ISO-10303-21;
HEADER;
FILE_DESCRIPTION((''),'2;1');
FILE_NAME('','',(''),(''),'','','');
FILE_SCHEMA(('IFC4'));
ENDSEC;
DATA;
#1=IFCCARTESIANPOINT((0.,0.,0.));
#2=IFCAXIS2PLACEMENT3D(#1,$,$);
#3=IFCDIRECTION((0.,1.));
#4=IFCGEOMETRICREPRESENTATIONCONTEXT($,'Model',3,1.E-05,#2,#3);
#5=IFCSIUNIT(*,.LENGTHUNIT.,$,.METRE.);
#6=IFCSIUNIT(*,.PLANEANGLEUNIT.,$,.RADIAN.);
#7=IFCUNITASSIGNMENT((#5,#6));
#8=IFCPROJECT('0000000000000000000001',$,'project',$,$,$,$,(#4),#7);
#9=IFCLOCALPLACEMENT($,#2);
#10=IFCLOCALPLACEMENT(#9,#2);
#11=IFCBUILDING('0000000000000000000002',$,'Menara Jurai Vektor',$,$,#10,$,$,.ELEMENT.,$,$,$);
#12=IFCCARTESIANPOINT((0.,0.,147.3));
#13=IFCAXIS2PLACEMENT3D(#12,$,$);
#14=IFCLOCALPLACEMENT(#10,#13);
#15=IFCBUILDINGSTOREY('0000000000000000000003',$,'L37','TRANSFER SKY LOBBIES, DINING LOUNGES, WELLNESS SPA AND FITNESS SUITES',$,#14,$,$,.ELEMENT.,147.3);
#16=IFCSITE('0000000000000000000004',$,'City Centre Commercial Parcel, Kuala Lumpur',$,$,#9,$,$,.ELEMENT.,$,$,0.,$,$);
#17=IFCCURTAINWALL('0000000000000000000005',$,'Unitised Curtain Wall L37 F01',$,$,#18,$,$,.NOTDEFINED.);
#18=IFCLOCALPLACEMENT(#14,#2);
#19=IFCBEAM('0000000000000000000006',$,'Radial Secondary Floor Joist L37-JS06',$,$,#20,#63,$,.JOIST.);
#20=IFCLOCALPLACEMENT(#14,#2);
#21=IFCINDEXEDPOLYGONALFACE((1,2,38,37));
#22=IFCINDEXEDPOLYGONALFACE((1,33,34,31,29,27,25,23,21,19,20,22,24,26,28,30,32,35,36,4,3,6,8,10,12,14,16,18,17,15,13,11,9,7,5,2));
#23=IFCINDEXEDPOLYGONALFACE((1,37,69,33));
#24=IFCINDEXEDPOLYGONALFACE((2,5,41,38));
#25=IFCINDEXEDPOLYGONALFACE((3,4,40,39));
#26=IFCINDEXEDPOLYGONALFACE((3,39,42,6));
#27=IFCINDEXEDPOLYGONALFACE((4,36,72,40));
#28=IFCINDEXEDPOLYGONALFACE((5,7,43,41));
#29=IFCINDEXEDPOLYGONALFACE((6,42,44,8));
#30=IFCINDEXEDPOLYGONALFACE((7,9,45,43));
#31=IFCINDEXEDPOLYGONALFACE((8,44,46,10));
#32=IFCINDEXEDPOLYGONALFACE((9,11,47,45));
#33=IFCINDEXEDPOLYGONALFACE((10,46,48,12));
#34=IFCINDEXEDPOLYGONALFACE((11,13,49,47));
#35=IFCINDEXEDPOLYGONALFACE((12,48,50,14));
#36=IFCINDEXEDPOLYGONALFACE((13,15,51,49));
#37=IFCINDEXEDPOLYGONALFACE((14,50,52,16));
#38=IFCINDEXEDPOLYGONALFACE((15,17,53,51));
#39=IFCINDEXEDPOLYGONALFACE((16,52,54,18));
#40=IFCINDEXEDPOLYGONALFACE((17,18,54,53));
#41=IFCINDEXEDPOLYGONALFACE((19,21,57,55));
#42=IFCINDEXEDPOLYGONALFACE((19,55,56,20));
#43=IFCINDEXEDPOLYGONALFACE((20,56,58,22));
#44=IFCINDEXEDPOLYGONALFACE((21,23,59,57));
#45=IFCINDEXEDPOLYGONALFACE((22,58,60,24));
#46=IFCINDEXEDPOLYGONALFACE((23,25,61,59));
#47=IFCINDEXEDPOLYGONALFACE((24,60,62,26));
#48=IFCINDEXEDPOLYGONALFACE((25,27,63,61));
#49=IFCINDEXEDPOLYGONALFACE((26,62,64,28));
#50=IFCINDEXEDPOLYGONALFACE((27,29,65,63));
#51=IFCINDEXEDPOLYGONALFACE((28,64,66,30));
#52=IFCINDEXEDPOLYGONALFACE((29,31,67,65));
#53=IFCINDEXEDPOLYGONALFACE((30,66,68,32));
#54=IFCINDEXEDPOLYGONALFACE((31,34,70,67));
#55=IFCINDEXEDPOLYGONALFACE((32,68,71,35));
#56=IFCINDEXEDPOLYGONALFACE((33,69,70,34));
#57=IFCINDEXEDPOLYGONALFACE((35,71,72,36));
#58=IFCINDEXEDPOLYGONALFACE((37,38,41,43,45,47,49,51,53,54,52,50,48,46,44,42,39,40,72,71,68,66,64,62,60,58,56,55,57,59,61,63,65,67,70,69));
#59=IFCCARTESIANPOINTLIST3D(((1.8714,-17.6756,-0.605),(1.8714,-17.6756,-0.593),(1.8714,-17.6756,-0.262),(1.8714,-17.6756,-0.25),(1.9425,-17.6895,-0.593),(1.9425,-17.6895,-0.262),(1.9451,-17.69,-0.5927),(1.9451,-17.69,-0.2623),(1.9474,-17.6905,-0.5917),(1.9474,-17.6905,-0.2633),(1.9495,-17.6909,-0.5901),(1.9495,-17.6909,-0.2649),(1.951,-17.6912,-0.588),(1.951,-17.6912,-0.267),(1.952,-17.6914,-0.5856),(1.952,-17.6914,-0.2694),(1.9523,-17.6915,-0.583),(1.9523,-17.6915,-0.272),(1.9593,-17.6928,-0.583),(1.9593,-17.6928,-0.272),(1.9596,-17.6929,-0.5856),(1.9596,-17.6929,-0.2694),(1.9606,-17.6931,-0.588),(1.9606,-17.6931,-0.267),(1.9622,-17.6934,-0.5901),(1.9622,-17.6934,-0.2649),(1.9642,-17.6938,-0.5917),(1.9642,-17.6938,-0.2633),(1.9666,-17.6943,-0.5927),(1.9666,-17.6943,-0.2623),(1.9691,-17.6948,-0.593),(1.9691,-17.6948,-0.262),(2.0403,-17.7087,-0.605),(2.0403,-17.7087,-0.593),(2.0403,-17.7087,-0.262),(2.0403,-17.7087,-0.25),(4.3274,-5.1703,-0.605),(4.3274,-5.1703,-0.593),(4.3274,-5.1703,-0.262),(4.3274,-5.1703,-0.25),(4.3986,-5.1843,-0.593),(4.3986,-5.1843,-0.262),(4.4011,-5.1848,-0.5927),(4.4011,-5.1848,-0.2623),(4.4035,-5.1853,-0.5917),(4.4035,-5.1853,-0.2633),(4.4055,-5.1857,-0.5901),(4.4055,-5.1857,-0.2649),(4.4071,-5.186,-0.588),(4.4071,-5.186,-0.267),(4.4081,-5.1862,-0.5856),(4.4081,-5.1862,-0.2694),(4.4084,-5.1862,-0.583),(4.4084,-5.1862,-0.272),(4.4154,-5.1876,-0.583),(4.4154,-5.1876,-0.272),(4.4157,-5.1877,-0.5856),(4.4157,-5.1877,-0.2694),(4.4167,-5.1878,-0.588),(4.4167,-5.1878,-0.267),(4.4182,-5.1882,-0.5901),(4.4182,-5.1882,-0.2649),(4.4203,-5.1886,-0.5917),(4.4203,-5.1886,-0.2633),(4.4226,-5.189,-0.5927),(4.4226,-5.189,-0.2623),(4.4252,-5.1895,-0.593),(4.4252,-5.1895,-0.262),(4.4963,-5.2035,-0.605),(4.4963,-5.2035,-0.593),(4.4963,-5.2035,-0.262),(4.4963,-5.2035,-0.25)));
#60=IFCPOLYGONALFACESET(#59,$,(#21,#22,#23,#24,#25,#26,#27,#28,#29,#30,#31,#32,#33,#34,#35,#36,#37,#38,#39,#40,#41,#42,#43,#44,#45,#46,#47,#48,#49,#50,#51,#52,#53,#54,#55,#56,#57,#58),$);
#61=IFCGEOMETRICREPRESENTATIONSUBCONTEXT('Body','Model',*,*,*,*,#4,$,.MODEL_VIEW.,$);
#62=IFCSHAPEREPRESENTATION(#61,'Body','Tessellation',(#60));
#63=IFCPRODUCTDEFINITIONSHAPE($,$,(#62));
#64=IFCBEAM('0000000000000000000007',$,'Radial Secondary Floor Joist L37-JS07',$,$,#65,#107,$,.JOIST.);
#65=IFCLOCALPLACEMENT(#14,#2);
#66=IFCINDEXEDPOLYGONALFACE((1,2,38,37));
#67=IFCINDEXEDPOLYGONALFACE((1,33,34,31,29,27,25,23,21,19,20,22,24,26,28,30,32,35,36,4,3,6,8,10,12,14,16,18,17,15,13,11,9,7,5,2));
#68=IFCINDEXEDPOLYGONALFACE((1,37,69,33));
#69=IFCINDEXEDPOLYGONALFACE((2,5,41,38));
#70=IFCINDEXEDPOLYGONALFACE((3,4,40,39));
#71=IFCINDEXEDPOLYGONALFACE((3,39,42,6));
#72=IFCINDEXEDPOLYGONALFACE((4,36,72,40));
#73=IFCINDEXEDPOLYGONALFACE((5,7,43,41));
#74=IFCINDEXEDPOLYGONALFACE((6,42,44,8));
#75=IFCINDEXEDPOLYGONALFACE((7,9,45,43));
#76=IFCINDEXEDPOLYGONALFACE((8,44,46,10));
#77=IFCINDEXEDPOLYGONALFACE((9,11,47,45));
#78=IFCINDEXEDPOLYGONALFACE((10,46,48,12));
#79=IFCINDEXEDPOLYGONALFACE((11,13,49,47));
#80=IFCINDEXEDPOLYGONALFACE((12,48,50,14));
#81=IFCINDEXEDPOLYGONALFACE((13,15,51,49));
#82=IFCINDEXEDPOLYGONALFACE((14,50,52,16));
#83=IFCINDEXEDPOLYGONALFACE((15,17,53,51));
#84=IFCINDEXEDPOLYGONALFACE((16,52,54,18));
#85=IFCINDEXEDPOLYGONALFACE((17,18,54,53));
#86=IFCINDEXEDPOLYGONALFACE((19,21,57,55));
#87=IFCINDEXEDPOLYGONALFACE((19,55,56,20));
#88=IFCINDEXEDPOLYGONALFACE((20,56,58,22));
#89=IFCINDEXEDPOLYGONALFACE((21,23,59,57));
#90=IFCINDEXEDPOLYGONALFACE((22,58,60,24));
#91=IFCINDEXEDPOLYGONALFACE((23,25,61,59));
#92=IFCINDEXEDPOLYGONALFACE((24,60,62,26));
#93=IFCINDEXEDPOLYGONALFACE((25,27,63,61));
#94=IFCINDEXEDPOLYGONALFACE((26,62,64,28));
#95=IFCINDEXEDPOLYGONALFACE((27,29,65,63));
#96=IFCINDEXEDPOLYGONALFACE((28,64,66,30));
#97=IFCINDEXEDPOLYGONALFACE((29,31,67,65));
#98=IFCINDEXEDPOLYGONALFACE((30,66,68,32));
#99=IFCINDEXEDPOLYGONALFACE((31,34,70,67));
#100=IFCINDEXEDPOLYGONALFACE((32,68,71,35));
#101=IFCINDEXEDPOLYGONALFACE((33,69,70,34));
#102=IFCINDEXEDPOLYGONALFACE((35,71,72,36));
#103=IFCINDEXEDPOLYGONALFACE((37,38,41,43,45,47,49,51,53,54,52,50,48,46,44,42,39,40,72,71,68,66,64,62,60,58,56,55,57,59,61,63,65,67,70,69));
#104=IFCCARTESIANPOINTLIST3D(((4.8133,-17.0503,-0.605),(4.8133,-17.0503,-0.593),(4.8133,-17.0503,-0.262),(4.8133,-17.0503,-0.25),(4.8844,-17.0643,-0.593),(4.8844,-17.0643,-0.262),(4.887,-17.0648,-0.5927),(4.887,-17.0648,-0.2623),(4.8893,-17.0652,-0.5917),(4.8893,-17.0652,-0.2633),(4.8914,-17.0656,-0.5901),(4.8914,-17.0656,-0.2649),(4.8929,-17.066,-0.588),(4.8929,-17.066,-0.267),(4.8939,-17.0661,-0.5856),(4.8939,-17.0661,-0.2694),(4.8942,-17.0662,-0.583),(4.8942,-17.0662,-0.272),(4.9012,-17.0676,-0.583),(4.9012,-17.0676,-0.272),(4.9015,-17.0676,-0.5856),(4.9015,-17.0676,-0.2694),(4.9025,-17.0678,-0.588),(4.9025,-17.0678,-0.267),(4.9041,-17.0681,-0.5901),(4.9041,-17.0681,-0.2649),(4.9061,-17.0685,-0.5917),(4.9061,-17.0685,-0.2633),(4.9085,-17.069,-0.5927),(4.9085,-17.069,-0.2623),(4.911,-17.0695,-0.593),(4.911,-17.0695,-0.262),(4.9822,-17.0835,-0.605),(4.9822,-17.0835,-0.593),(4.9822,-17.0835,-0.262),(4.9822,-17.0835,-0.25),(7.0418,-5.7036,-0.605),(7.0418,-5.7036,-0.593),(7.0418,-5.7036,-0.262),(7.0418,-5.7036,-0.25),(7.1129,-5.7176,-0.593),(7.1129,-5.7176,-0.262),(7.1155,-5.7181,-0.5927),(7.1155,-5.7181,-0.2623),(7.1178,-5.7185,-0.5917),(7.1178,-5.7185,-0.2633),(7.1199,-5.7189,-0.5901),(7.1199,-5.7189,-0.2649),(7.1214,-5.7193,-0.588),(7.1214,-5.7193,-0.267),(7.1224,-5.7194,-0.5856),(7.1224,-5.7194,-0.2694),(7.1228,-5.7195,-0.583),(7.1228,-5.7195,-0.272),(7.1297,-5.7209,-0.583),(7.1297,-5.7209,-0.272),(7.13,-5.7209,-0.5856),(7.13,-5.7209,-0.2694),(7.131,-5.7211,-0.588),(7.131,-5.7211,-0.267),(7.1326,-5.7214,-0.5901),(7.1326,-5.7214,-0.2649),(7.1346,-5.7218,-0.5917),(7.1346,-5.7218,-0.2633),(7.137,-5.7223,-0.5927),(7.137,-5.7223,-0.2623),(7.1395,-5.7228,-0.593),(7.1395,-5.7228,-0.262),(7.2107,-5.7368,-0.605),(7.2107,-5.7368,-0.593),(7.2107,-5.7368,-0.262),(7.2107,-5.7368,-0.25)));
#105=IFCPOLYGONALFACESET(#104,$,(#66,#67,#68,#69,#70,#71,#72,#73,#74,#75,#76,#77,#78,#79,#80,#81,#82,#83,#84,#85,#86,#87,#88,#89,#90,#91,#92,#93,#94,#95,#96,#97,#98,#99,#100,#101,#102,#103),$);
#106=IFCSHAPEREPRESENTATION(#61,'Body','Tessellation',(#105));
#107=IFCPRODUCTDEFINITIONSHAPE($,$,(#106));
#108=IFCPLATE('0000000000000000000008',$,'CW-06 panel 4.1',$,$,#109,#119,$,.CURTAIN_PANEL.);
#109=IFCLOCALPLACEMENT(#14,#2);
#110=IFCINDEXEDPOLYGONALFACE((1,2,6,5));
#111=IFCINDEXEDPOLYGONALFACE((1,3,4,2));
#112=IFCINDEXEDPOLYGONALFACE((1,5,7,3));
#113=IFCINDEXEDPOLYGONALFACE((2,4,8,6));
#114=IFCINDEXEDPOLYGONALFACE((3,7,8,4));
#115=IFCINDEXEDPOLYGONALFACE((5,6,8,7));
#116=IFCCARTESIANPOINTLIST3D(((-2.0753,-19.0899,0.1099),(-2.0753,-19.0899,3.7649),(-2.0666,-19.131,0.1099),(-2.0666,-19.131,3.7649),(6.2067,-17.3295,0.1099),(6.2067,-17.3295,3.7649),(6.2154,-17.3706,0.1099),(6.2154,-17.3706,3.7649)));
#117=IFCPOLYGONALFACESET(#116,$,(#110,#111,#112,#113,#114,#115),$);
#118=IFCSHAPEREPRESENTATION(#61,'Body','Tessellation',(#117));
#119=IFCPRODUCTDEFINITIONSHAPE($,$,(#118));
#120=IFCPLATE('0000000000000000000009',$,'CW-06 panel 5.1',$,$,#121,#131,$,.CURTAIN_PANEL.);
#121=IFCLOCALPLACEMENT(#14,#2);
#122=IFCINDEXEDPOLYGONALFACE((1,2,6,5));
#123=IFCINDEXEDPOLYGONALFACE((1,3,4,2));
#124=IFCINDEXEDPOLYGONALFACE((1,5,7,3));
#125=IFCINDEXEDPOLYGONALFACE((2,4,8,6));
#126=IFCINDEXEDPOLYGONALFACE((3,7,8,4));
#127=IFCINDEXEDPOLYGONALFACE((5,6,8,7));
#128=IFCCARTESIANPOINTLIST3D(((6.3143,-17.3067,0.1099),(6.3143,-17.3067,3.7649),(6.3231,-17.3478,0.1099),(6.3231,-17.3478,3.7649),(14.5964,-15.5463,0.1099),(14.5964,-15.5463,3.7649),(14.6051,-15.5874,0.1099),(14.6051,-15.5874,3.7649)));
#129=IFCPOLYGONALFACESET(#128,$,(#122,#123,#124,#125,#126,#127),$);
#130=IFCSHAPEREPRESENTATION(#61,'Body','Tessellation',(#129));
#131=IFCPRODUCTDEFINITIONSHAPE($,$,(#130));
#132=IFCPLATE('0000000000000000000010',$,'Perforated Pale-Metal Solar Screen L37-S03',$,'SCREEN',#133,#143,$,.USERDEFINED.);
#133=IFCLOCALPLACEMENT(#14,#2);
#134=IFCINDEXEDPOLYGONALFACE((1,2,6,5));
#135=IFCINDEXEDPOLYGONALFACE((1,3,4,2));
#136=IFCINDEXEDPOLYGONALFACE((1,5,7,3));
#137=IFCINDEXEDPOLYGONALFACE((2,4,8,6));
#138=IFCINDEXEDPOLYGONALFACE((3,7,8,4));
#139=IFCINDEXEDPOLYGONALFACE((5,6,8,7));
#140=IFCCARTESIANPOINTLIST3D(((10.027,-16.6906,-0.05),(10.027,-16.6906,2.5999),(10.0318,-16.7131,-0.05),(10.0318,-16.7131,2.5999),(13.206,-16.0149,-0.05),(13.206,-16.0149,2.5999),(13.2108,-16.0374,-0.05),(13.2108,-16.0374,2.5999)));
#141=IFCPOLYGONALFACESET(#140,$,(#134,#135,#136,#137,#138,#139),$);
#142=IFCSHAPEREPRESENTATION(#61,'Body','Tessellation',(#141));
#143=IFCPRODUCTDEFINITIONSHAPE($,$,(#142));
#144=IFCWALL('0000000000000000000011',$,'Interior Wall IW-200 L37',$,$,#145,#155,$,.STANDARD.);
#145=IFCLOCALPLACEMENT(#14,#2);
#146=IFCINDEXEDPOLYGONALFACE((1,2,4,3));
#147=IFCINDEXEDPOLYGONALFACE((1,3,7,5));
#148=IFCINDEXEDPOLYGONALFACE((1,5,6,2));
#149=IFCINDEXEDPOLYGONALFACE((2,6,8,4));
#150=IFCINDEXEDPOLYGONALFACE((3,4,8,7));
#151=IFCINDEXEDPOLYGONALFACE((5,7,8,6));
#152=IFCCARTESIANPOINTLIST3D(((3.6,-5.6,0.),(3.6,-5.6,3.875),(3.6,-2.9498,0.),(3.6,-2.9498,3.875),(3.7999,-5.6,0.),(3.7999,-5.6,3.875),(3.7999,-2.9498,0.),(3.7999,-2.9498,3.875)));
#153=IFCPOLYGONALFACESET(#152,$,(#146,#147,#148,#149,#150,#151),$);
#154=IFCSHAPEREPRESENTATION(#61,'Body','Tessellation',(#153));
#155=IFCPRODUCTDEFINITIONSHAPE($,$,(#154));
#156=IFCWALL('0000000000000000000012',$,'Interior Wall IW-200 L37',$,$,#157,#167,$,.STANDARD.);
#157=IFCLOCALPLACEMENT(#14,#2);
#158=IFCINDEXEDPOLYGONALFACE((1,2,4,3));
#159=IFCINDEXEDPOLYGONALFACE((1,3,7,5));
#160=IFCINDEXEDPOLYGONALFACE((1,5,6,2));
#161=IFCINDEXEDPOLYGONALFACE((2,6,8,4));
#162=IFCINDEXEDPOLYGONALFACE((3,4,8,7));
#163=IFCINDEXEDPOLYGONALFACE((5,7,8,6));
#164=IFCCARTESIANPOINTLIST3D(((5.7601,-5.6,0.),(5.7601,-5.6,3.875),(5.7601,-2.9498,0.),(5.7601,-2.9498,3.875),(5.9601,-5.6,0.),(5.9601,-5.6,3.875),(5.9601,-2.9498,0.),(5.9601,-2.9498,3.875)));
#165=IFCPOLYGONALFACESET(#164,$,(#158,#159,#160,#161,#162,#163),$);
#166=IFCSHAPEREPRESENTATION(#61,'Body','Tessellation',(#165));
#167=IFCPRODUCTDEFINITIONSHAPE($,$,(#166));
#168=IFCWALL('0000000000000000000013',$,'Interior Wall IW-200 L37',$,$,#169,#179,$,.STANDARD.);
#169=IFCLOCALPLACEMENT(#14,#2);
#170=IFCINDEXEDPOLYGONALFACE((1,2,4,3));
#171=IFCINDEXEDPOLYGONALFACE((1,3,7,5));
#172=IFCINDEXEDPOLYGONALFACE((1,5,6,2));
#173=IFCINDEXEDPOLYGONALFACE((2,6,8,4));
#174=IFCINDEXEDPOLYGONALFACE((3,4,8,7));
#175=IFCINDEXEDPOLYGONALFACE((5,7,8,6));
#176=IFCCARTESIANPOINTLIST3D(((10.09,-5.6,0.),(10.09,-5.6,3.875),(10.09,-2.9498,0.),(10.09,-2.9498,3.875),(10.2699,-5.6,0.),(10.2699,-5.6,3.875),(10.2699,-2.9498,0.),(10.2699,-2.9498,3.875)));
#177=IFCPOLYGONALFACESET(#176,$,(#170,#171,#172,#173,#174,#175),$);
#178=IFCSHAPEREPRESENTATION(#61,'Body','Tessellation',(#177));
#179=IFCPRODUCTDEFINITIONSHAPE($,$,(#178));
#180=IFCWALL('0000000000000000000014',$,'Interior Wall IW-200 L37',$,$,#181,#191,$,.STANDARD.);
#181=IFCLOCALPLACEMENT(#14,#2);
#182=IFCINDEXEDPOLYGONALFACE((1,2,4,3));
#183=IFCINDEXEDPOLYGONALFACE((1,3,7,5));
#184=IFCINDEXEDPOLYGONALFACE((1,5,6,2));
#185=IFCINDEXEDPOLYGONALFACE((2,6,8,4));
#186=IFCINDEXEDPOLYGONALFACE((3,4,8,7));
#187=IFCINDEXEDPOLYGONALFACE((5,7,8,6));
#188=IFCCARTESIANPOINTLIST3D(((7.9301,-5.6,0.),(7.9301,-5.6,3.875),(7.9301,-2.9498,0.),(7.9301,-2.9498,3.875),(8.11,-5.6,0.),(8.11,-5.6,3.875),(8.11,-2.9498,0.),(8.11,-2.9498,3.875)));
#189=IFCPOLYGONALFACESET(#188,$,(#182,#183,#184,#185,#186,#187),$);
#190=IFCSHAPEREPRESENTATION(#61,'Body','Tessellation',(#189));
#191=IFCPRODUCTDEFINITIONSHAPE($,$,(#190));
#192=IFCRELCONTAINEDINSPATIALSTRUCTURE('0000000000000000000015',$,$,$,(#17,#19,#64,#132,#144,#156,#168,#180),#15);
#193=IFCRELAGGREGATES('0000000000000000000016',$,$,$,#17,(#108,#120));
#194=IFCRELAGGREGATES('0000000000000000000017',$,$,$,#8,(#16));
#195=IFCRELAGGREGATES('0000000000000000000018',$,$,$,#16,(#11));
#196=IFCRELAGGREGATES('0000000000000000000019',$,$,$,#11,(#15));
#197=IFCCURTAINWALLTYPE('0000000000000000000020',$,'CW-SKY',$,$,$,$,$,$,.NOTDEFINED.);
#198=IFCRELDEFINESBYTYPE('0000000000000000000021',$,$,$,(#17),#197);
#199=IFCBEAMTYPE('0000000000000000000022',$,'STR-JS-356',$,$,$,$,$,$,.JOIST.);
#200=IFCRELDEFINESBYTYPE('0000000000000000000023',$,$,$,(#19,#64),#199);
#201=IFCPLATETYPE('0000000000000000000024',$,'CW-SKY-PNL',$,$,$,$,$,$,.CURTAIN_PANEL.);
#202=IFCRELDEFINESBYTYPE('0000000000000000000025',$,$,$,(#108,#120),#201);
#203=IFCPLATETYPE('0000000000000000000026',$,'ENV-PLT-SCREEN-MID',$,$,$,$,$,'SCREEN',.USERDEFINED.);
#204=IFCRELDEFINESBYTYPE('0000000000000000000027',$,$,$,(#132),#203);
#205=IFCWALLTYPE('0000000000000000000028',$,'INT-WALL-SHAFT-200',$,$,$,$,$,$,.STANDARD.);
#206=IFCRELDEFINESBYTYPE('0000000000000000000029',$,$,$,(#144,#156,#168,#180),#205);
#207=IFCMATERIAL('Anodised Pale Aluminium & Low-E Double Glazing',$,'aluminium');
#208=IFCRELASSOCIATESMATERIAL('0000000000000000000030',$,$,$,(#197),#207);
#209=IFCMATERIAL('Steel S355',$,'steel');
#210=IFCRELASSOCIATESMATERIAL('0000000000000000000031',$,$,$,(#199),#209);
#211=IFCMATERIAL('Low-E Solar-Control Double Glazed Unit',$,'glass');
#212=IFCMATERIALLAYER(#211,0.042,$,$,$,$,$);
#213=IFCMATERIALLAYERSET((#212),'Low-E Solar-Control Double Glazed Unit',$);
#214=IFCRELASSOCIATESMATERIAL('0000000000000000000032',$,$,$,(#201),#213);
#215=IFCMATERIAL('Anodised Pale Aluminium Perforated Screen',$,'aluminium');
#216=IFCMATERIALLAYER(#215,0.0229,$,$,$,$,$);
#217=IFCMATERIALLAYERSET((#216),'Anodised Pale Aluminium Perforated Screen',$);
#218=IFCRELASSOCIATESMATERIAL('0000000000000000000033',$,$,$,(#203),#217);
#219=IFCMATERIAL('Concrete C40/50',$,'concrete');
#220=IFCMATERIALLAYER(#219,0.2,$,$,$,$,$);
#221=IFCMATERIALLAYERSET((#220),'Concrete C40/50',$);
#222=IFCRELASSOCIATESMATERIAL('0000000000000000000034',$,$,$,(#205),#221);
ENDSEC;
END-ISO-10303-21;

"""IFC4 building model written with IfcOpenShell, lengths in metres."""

from ifc_helpers import new_model, si_unit, direction, frame, frame_2d, origin, origin_2d, place, context, subcontext, project, spatial, rectangle, i_section, extrude, material, layer, layer_set, material_profile, profile_set, type_object, element, aggregate, save


model = new_model("IFC4")

# Units and contexts
model_context = context("Model", 3, precision=1e-05, world=origin(), true_north=direction((0.0, 1.0)))
body_context = subcontext(model_context, "Body", "Model", "MODEL_VIEW")
ifc_project = project(units=[si_unit("LENGTHUNIT", "METRE"), si_unit("PLANEANGLEUNIT", "RADIAN")], contexts=[model_context])

# Site, building, storey
site_placement = place(None, origin())
site = spatial("IfcSite", under=ifc_project, at=site_placement, Name="City Centre Commercial Parcel, Kuala Lumpur", CompositionType="ELEMENT", RefElevation=0.0)
building_placement = place(site_placement, origin())
building = spatial("IfcBuilding", under=site, at=building_placement, Name="Menara Jurai Vektor", CompositionType="ELEMENT")
storey_placement = place(building_placement, frame((0.0, 0.0, 147.3)))
storey = spatial("IfcBuildingStorey", under=building, at=storey_placement, Name="L37", Description="TRANSFER SKY LOBBIES, DINING LOUNGES, WELLNESS SPA AND FITNESS SUITES", CompositionType="ELEMENT", Elevation=147.3)

# Curtain wall
ifc_material_1 = material(Name="Anodised Pale Aluminium & Low-E Double Glazing", Category="aluminium")
curtain_wall_type = type_object("IfcCurtainWallType", Name="CW-SKY", PredefinedType="NOTDEFINED", material=ifc_material_1)
curtain_wall_placement = place(storey_placement, origin())
curtain_wall = element("IfcCurtainWall", 1, at=curtain_wall_placement, inside=storey, type_object=curtain_wall_type, Name="Unitised Curtain Wall L37 F01", PredefinedType="NOTDEFINED")

# Beams
ifc_material_2 = material(Name="Steel S355", Category="steel")
ifc_material_profile_1 = material_profile(ifc_material_2, i_section(OverallWidth=0.1721, OverallDepth=0.355, WebThickness=0.0071, FlangeThickness=0.012, FilletRadius=0.01, at=origin_2d()), Name="UKB 356x171x51")
ifc_profile_set_1 = profile_set([ifc_material_profile_1], Name="Steel S355")
beam_type_1 = type_object("IfcBeamType", Name="STR-JS-356", PredefinedType="JOIST", material=ifc_profile_set_1)
beam_1_placement = place(storey_placement, frame((1.9558, -17.6921, -0.4275), z_axis=(0.192722, 0.981253, 0.0), x_axis=(-0.981253, 0.192722, 0.0)))
element("IfcBeam", 2, at=beam_1_placement, inside=storey, type_object=beam_type_1, Name="Radial Secondary Floor Joist L37-JS06", PredefinedType="JOIST", context=body_context, shape_type="SweptSolid", body=[
    extrude(i_section(OverallWidth=0.1721, OverallDepth=0.355, WebThickness=0.0071, FlangeThickness=0.012, FilletRadius=0.01, at=origin_2d()), origin(), (0.0, 0.0, 1.0), 12.7441),
])
beam_2_placement = place(storey_placement, frame((4.8977, -17.0669, -0.4275), z_axis=(0.192721, 0.981254, 0.0), x_axis=(-0.981254, 0.192721, 0.0)))
element("IfcBeam", 3, at=beam_2_placement, inside=storey, type_object=beam_type_1, Name="Radial Secondary Floor Joist L37-JS07", PredefinedType="JOIST", context=body_context, shape_type="SweptSolid", body=[
    extrude(i_section(OverallWidth=0.1721, OverallDepth=0.355, WebThickness=0.0071, FlangeThickness=0.012, FilletRadius=0.01, at=origin_2d()), origin(), (0.0, 0.0, 1.0), 11.5635),
])

# Plates
ifc_material_3 = material(Name="Low-E Solar-Control Double Glazed Unit", Category="glass")
ifc_layer_1 = layer(ifc_material_3, 0.042)
ifc_layer_set_1 = layer_set([ifc_layer_1], Name="Low-E Solar-Control Double Glazed Unit")
plate_type_1 = type_object("IfcPlateType", Name="CW-SKY-PNL", PredefinedType="CURTAIN_PANEL", material=ifc_layer_set_1)
plate_1_placement = place(storey_placement, frame((2.0701, -18.2302, 0.1099), z_axis=(0.0, 0.0, 1.0), x_axis=(0.978148, 0.207911, 0.0)))
plate_1 = element("IfcPlate", 4, at=plate_1_placement, type_object=plate_type_1, Name="CW-06 panel 4.1", PredefinedType="CURTAIN_PANEL", context=body_context, shape_type="SweptSolid", body=[
    extrude(rectangle(XDim=8.467, YDim=0.042, at=origin_2d()), origin(), (0.0, 0.0, 1.0), 3.655),
])
plate_2_placement = place(storey_placement, frame((10.4597, -16.447, 0.1099), z_axis=(0.0, 0.0, 1.0), x_axis=(0.978148, 0.207911, 0.0)))
plate_2 = element("IfcPlate", 5, at=plate_2_placement, type_object=plate_type_1, Name="CW-06 panel 5.1", PredefinedType="CURTAIN_PANEL", context=body_context, shape_type="SweptSolid", body=[
    extrude(rectangle(XDim=8.467, YDim=0.042, at=origin_2d()), origin(), (0.0, 0.0, 1.0), 3.655),
])
aggregate(curtain_wall, [plate_1, plate_2])
ifc_material_4 = material(Name="Anodised Pale Aluminium Perforated Screen", Category="aluminium")
ifc_layer_2 = layer(ifc_material_4, 0.0229)
ifc_layer_set_2 = layer_set([ifc_layer_2], Name="Anodised Pale Aluminium Perforated Screen")
plate_type_2 = type_object("IfcPlateType", Name="ENV-PLT-SCREEN-MID", ElementType="SCREEN", PredefinedType="USERDEFINED", material=ifc_layer_set_2)
plate_3_placement = place(storey_placement, frame((11.6189, -16.364, -0.05), z_axis=(0.0, 0.0, 1.0), x_axis=(0.978148, 0.207912, 0.0)))
element("IfcPlate", 6, at=plate_3_placement, inside=storey, type_object=plate_type_2, Name="Perforated Pale-Metal Solar Screen L37-S03", ObjectType="SCREEN", PredefinedType="USERDEFINED", context=body_context, shape_type="SweptSolid", body=[
    extrude(rectangle(XDim=3.25, YDim=0.0229, at=origin_2d()), origin(), (0.0, 0.0, 1.0), 2.6499),
])

# Walls
ifc_material_5 = material(Name="Concrete C40/50", Category="concrete")
ifc_layer_3 = layer(ifc_material_5, 0.2)
ifc_layer_set_3 = layer_set([ifc_layer_3], Name="Concrete C40/50")
wall_type_1 = type_object("IfcWallType", Name="INT-WALL-SHAFT-200", PredefinedType="STANDARD", material=ifc_layer_set_3)
for number, where, z_axis, x_axis, name in (
    (7, (3.7, -5.6001, 0.0), (0.0, 0.0, 1.0), (0.0, 1.0, 0.0), "Interior Wall IW-200 L37"),
    (8, (5.8601, -5.6001, 0.0), (0.0, 0.0, 1.0), (0.0, 1.0, 0.0), "Interior Wall IW-200 L37"),
):
    element("IfcWall", number, at=place(storey_placement, frame(where, z_axis=z_axis, x_axis=x_axis)), inside=storey, type_object=wall_type_1, Name=name, PredefinedType="STANDARD", context=body_context, shape_type="SweptSolid", body=[
        extrude(rectangle(XDim=2.6501, YDim=0.2, at=frame_2d((1.3252, 0.0))), origin(), (0.0, 0.0, 1.0), 3.875),
    ])
for number, where, z_axis, x_axis, name in (
    (9, (10.1799, -5.6001, 0.0), (0.0, 0.0, 1.0), (0.0, 1.0, 0.0), "Interior Wall IW-200 L37"),
    (10, (8.02, -5.6001, 0.0), (0.0, 0.0, 1.0), (0.0, 1.0, 0.0), "Interior Wall IW-200 L37"),
):
    element("IfcWall", number, at=place(storey_placement, frame(where, z_axis=z_axis, x_axis=x_axis)), inside=storey, type_object=wall_type_1, Name=name, PredefinedType="STANDARD", context=body_context, shape_type="SweptSolid", body=[
        extrude(rectangle(XDim=2.6501, YDim=0.1799, at=frame_2d((1.3252, 0.0))), origin(), (0.0, 0.0, 1.0), 3.875),
    ])

save(model, "model.ifc")
